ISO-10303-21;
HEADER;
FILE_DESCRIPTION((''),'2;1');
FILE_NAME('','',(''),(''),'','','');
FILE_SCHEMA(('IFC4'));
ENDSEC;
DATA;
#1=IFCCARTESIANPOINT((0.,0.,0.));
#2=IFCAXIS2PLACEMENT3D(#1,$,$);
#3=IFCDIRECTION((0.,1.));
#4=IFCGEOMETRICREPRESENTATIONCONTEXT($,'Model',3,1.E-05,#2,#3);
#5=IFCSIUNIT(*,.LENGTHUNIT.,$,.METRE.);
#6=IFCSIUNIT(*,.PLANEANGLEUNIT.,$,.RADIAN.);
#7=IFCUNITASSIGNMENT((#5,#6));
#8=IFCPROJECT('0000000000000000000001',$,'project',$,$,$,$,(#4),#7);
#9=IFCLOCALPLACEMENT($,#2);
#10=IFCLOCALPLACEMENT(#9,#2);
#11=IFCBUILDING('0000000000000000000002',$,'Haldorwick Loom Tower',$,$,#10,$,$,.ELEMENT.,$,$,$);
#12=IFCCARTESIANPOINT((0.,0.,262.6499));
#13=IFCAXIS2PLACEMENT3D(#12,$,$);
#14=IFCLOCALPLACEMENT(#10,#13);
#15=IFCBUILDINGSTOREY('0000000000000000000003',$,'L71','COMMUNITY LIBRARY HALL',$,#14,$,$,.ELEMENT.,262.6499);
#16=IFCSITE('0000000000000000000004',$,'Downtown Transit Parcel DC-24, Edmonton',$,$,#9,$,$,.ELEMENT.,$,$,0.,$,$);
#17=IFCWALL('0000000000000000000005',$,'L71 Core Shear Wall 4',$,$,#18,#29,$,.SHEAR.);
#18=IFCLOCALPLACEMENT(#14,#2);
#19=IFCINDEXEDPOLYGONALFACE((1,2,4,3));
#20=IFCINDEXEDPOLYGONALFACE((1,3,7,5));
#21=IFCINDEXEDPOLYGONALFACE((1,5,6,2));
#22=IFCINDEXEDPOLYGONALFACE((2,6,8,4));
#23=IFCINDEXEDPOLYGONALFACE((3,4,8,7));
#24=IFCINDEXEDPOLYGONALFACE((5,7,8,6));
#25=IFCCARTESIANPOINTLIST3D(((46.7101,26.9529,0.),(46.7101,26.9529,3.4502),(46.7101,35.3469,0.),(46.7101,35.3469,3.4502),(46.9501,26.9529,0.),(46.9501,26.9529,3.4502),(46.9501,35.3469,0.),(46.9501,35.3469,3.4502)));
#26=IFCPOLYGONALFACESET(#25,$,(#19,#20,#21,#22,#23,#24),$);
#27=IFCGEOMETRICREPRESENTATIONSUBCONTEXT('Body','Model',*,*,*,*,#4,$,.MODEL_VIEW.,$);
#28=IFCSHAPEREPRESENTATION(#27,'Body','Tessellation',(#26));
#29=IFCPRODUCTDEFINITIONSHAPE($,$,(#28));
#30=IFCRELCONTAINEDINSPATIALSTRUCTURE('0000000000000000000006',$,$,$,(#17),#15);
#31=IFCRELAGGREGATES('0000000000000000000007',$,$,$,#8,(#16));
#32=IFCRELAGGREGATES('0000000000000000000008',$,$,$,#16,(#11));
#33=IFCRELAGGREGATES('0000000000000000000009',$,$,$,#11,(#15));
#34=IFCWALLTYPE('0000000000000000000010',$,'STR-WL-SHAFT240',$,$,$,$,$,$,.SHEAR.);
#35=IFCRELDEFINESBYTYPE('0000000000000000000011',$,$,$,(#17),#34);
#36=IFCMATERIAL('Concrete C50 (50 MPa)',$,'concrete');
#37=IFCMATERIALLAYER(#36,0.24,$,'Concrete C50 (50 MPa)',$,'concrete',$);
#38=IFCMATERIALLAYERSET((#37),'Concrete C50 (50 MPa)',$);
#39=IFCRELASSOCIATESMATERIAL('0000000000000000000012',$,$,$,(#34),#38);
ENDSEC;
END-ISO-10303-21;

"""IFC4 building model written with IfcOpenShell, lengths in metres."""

from ifc_helpers import new_model, si_unit, direction, frame, frame_2d, origin, place, context, subcontext, project, spatial, rectangle, extrude, material, layer, layer_set, type_object, element, save


model = new_model("IFC4")

# Units and contexts
model_context = context("Model", 3, precision=1e-05, world=origin(), true_north=direction((0.0, 1.0)))
body_context = subcontext(model_context, "Body", "Model", "MODEL_VIEW")
ifc_project = project(units=[si_unit("LENGTHUNIT", "METRE"), si_unit("PLANEANGLEUNIT", "RADIAN")], contexts=[model_context])

# Site, building, storey
site_placement = place(None, origin())
site = spatial("IfcSite", under=ifc_project, at=site_placement, Name="Downtown Transit Parcel DC-24, Edmonton", CompositionType="ELEMENT", RefElevation=0.0)
building_placement = place(site_placement, origin())
building = spatial("IfcBuilding", under=site, at=building_placement, Name="Haldorwick Loom Tower", CompositionType="ELEMENT")
storey_placement = place(building_placement, frame((0.0, 0.0, 262.6499)))
storey = spatial("IfcBuildingStorey", under=building, at=storey_placement, Name="L71", Description="COMMUNITY LIBRARY HALL", CompositionType="ELEMENT", Elevation=262.6499)

# Shared definitions
ifc_material_1 = material(Name="Concrete C50 (50 MPa)", Category="concrete")

# Wall
ifc_layer_1 = layer(ifc_material_1, 0.24, Name="Concrete C50 (50 MPa)", Category="concrete")
ifc_layer_set_1 = layer_set([ifc_layer_1], Name="Concrete C50 (50 MPa)")
wall_type_1 = type_object("IfcWallType", Name="STR-WL-SHAFT240", PredefinedType="SHEAR", material=ifc_layer_set_1)
for number, where, z_axis, x_axis, name in (
    (1, (46.8301, 26.9529, 0.0), (0.0, 0.0, 1.0), (0.0, 1.0, 0.0), "L71 Core Shear Wall 4"),
):
    element("IfcWall", number, at=place(storey_placement, frame(where, z_axis=z_axis, x_axis=x_axis)), inside=storey, type_object=wall_type_1, Name=name, PredefinedType="SHEAR", context=body_context, shape_type="SweptSolid", body=[
        extrude(rectangle(XDim=8.394, YDim=0.24, at=frame_2d((4.197, 0.0))), origin(), (0.0, 0.0, 1.0), 3.4502),
    ])

save(model, "model.ifc")
